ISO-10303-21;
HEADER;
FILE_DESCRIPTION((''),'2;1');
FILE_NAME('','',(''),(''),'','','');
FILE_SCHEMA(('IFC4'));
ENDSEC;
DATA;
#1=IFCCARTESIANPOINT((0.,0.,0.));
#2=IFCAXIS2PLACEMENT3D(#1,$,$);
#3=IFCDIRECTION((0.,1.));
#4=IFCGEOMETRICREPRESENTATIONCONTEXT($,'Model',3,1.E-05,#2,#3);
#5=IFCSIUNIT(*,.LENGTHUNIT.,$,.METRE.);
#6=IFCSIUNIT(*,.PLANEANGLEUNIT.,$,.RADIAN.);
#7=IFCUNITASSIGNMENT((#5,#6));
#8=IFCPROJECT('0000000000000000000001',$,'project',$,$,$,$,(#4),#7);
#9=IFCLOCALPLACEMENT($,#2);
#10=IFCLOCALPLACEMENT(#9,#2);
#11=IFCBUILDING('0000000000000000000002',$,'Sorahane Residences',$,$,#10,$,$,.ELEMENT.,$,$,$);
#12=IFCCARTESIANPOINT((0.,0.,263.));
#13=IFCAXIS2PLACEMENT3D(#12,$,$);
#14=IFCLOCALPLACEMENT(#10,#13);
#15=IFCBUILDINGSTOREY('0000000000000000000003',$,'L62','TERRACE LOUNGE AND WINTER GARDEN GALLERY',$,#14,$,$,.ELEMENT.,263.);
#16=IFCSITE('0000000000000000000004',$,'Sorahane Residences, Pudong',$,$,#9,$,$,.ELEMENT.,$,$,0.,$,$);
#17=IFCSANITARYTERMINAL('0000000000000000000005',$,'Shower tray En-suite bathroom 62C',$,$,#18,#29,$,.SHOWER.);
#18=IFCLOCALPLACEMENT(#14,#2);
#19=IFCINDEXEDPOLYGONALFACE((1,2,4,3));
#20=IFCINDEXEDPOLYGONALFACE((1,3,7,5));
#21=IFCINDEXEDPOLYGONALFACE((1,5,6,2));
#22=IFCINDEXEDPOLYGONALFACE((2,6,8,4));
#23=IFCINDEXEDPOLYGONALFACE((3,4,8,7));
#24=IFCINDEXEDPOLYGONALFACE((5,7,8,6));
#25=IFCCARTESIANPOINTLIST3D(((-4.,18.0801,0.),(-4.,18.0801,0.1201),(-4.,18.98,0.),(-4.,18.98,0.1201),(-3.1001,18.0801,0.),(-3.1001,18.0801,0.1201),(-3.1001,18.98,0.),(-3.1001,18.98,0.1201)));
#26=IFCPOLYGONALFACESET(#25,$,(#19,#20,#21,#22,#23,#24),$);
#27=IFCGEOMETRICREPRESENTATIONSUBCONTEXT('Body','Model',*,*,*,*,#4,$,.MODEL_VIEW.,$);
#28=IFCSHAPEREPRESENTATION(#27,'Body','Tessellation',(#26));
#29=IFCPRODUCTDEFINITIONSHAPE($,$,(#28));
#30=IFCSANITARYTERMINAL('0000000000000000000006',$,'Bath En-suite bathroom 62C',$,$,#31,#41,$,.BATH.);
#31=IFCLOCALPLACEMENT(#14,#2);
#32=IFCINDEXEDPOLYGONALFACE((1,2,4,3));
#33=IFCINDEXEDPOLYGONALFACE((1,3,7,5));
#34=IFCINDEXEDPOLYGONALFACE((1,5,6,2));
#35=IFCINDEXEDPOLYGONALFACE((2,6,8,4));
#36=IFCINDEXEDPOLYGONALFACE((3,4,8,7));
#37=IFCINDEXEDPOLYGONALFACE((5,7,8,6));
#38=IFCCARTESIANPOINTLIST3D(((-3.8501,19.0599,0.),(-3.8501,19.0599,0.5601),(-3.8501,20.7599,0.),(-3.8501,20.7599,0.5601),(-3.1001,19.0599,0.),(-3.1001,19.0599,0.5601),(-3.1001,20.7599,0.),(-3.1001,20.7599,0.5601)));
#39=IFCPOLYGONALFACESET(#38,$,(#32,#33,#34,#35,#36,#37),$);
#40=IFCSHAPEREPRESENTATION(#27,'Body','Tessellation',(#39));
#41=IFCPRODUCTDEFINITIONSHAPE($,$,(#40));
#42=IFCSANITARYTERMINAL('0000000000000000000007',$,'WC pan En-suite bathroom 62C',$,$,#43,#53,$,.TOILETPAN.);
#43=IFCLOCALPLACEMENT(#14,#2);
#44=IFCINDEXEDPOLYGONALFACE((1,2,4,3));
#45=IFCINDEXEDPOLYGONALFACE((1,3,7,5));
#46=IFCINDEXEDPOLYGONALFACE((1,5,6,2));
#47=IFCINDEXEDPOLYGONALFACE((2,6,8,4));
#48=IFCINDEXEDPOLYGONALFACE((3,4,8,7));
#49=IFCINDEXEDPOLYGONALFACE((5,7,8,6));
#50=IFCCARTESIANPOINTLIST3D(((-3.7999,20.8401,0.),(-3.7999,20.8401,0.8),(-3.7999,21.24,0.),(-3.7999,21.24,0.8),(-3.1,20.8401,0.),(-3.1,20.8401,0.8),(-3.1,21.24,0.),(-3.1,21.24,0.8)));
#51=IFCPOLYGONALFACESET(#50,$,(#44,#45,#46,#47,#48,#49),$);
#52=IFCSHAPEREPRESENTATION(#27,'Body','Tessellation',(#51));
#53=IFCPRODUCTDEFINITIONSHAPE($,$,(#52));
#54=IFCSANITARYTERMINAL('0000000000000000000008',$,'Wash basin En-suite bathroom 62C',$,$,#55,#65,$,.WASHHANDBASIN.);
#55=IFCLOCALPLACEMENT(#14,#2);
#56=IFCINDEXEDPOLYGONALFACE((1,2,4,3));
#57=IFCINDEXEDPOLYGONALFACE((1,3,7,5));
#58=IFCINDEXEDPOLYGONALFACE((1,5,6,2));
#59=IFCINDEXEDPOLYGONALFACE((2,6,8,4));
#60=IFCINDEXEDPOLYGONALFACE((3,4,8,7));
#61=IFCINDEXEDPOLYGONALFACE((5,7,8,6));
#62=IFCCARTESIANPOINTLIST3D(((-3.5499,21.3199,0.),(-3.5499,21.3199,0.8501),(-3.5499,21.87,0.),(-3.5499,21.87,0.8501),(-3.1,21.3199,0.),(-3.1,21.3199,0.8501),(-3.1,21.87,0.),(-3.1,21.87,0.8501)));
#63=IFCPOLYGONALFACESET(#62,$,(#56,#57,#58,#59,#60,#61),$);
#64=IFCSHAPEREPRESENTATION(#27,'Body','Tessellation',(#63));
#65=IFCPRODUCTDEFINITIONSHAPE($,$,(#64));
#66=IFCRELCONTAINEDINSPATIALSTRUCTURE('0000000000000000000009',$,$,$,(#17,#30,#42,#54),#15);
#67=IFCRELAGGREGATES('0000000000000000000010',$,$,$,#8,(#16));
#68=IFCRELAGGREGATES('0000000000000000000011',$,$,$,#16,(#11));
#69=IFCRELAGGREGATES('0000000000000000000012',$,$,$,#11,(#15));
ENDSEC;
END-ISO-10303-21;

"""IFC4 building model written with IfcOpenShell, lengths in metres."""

from ifc_helpers import new_model, si_unit, direction, frame, origin, origin_2d, place, context, subcontext, project, spatial, rectangle, extrude, element, save


model = new_model("IFC4")

# Units and contexts
model_context = context("Model", 3, precision=1e-05, world=origin(), true_north=direction((0.0, 1.0)))
body_context = subcontext(model_context, "Body", "Model", "MODEL_VIEW")
ifc_project = project(units=[si_unit("LENGTHUNIT", "METRE"), si_unit("PLANEANGLEUNIT", "RADIAN")], contexts=[model_context])

# Site, building, storey
site_placement = place(None, origin())
site = spatial("IfcSite", under=ifc_project, at=site_placement, Name="Sorahane Residences, Pudong", CompositionType="ELEMENT", RefElevation=0.0)
building_placement = place(site_placement, origin())
building = spatial("IfcBuilding", under=site, at=building_placement, Name="Sorahane Residences", CompositionType="ELEMENT")
storey_placement = place(building_placement, frame((0.0, 0.0, 263.0)))
storey = spatial("IfcBuildingStorey", under=building, at=storey_placement, Name="L62", Description="TERRACE LOUNGE AND WINTER GARDEN GALLERY", CompositionType="ELEMENT", Elevation=263.0)

# Sanitary terminals
sanitary_terminal_1_placement = place(storey_placement, frame((-3.55, 18.53, 0.0), z_axis=(0.0, 0.0, 1.0), x_axis=(0.0, -1.0, 0.0)))
element("IfcSanitaryTerminal", 1, at=sanitary_terminal_1_placement, inside=storey, Name="Shower tray En-suite bathroom 62C", PredefinedType="SHOWER", context=body_context, shape_type="SweptSolid", body=[
    extrude(rectangle(XDim=0.8999, YDim=0.8999, at=origin_2d()), origin(), (0.0, 0.0, 1.0), 0.1201),
])
sanitary_terminal_2_placement = place(storey_placement, frame((-3.4751, 19.9099, 0.0), z_axis=(0.0, 0.0, 1.0), x_axis=(0.0, -1.0, 0.0)))
element("IfcSanitaryTerminal", 2, at=sanitary_terminal_2_placement, inside=storey, Name="Bath En-suite bathroom 62C", PredefinedType="BATH", context=body_context, shape_type="SweptSolid", body=[
    extrude(rectangle(XDim=1.7, YDim=0.75, at=origin_2d()), origin(), (0.0, 0.0, 1.0), 0.5601),
])
sanitary_terminal_3_placement = place(storey_placement, frame((-3.45, 21.04, 0.0), z_axis=(0.0, 0.0, 1.0), x_axis=(0.0, -1.0, 0.0)))
element("IfcSanitaryTerminal", 3, at=sanitary_terminal_3_placement, inside=storey, Name="WC pan En-suite bathroom 62C", PredefinedType="TOILETPAN", context=body_context, shape_type="SweptSolid", body=[
    extrude(rectangle(XDim=0.3999, YDim=0.7, at=origin_2d()), origin(), (0.0, 0.0, 1.0), 0.8),
])
sanitary_terminal_4_placement = place(storey_placement, frame((-3.325, 21.595, 0.0), z_axis=(0.0, 0.0, 1.0), x_axis=(0.0, -1.0, 0.0)))
element("IfcSanitaryTerminal", 4, at=sanitary_terminal_4_placement, inside=storey, Name="Wash basin En-suite bathroom 62C", PredefinedType="WASHHANDBASIN", context=body_context, shape_type="SweptSolid", body=[
    extrude(rectangle(XDim=0.55, YDim=0.45, at=origin_2d()), origin(), (0.0, 0.0, 1.0), 0.8501),
])

save(model, "model.ifc")
